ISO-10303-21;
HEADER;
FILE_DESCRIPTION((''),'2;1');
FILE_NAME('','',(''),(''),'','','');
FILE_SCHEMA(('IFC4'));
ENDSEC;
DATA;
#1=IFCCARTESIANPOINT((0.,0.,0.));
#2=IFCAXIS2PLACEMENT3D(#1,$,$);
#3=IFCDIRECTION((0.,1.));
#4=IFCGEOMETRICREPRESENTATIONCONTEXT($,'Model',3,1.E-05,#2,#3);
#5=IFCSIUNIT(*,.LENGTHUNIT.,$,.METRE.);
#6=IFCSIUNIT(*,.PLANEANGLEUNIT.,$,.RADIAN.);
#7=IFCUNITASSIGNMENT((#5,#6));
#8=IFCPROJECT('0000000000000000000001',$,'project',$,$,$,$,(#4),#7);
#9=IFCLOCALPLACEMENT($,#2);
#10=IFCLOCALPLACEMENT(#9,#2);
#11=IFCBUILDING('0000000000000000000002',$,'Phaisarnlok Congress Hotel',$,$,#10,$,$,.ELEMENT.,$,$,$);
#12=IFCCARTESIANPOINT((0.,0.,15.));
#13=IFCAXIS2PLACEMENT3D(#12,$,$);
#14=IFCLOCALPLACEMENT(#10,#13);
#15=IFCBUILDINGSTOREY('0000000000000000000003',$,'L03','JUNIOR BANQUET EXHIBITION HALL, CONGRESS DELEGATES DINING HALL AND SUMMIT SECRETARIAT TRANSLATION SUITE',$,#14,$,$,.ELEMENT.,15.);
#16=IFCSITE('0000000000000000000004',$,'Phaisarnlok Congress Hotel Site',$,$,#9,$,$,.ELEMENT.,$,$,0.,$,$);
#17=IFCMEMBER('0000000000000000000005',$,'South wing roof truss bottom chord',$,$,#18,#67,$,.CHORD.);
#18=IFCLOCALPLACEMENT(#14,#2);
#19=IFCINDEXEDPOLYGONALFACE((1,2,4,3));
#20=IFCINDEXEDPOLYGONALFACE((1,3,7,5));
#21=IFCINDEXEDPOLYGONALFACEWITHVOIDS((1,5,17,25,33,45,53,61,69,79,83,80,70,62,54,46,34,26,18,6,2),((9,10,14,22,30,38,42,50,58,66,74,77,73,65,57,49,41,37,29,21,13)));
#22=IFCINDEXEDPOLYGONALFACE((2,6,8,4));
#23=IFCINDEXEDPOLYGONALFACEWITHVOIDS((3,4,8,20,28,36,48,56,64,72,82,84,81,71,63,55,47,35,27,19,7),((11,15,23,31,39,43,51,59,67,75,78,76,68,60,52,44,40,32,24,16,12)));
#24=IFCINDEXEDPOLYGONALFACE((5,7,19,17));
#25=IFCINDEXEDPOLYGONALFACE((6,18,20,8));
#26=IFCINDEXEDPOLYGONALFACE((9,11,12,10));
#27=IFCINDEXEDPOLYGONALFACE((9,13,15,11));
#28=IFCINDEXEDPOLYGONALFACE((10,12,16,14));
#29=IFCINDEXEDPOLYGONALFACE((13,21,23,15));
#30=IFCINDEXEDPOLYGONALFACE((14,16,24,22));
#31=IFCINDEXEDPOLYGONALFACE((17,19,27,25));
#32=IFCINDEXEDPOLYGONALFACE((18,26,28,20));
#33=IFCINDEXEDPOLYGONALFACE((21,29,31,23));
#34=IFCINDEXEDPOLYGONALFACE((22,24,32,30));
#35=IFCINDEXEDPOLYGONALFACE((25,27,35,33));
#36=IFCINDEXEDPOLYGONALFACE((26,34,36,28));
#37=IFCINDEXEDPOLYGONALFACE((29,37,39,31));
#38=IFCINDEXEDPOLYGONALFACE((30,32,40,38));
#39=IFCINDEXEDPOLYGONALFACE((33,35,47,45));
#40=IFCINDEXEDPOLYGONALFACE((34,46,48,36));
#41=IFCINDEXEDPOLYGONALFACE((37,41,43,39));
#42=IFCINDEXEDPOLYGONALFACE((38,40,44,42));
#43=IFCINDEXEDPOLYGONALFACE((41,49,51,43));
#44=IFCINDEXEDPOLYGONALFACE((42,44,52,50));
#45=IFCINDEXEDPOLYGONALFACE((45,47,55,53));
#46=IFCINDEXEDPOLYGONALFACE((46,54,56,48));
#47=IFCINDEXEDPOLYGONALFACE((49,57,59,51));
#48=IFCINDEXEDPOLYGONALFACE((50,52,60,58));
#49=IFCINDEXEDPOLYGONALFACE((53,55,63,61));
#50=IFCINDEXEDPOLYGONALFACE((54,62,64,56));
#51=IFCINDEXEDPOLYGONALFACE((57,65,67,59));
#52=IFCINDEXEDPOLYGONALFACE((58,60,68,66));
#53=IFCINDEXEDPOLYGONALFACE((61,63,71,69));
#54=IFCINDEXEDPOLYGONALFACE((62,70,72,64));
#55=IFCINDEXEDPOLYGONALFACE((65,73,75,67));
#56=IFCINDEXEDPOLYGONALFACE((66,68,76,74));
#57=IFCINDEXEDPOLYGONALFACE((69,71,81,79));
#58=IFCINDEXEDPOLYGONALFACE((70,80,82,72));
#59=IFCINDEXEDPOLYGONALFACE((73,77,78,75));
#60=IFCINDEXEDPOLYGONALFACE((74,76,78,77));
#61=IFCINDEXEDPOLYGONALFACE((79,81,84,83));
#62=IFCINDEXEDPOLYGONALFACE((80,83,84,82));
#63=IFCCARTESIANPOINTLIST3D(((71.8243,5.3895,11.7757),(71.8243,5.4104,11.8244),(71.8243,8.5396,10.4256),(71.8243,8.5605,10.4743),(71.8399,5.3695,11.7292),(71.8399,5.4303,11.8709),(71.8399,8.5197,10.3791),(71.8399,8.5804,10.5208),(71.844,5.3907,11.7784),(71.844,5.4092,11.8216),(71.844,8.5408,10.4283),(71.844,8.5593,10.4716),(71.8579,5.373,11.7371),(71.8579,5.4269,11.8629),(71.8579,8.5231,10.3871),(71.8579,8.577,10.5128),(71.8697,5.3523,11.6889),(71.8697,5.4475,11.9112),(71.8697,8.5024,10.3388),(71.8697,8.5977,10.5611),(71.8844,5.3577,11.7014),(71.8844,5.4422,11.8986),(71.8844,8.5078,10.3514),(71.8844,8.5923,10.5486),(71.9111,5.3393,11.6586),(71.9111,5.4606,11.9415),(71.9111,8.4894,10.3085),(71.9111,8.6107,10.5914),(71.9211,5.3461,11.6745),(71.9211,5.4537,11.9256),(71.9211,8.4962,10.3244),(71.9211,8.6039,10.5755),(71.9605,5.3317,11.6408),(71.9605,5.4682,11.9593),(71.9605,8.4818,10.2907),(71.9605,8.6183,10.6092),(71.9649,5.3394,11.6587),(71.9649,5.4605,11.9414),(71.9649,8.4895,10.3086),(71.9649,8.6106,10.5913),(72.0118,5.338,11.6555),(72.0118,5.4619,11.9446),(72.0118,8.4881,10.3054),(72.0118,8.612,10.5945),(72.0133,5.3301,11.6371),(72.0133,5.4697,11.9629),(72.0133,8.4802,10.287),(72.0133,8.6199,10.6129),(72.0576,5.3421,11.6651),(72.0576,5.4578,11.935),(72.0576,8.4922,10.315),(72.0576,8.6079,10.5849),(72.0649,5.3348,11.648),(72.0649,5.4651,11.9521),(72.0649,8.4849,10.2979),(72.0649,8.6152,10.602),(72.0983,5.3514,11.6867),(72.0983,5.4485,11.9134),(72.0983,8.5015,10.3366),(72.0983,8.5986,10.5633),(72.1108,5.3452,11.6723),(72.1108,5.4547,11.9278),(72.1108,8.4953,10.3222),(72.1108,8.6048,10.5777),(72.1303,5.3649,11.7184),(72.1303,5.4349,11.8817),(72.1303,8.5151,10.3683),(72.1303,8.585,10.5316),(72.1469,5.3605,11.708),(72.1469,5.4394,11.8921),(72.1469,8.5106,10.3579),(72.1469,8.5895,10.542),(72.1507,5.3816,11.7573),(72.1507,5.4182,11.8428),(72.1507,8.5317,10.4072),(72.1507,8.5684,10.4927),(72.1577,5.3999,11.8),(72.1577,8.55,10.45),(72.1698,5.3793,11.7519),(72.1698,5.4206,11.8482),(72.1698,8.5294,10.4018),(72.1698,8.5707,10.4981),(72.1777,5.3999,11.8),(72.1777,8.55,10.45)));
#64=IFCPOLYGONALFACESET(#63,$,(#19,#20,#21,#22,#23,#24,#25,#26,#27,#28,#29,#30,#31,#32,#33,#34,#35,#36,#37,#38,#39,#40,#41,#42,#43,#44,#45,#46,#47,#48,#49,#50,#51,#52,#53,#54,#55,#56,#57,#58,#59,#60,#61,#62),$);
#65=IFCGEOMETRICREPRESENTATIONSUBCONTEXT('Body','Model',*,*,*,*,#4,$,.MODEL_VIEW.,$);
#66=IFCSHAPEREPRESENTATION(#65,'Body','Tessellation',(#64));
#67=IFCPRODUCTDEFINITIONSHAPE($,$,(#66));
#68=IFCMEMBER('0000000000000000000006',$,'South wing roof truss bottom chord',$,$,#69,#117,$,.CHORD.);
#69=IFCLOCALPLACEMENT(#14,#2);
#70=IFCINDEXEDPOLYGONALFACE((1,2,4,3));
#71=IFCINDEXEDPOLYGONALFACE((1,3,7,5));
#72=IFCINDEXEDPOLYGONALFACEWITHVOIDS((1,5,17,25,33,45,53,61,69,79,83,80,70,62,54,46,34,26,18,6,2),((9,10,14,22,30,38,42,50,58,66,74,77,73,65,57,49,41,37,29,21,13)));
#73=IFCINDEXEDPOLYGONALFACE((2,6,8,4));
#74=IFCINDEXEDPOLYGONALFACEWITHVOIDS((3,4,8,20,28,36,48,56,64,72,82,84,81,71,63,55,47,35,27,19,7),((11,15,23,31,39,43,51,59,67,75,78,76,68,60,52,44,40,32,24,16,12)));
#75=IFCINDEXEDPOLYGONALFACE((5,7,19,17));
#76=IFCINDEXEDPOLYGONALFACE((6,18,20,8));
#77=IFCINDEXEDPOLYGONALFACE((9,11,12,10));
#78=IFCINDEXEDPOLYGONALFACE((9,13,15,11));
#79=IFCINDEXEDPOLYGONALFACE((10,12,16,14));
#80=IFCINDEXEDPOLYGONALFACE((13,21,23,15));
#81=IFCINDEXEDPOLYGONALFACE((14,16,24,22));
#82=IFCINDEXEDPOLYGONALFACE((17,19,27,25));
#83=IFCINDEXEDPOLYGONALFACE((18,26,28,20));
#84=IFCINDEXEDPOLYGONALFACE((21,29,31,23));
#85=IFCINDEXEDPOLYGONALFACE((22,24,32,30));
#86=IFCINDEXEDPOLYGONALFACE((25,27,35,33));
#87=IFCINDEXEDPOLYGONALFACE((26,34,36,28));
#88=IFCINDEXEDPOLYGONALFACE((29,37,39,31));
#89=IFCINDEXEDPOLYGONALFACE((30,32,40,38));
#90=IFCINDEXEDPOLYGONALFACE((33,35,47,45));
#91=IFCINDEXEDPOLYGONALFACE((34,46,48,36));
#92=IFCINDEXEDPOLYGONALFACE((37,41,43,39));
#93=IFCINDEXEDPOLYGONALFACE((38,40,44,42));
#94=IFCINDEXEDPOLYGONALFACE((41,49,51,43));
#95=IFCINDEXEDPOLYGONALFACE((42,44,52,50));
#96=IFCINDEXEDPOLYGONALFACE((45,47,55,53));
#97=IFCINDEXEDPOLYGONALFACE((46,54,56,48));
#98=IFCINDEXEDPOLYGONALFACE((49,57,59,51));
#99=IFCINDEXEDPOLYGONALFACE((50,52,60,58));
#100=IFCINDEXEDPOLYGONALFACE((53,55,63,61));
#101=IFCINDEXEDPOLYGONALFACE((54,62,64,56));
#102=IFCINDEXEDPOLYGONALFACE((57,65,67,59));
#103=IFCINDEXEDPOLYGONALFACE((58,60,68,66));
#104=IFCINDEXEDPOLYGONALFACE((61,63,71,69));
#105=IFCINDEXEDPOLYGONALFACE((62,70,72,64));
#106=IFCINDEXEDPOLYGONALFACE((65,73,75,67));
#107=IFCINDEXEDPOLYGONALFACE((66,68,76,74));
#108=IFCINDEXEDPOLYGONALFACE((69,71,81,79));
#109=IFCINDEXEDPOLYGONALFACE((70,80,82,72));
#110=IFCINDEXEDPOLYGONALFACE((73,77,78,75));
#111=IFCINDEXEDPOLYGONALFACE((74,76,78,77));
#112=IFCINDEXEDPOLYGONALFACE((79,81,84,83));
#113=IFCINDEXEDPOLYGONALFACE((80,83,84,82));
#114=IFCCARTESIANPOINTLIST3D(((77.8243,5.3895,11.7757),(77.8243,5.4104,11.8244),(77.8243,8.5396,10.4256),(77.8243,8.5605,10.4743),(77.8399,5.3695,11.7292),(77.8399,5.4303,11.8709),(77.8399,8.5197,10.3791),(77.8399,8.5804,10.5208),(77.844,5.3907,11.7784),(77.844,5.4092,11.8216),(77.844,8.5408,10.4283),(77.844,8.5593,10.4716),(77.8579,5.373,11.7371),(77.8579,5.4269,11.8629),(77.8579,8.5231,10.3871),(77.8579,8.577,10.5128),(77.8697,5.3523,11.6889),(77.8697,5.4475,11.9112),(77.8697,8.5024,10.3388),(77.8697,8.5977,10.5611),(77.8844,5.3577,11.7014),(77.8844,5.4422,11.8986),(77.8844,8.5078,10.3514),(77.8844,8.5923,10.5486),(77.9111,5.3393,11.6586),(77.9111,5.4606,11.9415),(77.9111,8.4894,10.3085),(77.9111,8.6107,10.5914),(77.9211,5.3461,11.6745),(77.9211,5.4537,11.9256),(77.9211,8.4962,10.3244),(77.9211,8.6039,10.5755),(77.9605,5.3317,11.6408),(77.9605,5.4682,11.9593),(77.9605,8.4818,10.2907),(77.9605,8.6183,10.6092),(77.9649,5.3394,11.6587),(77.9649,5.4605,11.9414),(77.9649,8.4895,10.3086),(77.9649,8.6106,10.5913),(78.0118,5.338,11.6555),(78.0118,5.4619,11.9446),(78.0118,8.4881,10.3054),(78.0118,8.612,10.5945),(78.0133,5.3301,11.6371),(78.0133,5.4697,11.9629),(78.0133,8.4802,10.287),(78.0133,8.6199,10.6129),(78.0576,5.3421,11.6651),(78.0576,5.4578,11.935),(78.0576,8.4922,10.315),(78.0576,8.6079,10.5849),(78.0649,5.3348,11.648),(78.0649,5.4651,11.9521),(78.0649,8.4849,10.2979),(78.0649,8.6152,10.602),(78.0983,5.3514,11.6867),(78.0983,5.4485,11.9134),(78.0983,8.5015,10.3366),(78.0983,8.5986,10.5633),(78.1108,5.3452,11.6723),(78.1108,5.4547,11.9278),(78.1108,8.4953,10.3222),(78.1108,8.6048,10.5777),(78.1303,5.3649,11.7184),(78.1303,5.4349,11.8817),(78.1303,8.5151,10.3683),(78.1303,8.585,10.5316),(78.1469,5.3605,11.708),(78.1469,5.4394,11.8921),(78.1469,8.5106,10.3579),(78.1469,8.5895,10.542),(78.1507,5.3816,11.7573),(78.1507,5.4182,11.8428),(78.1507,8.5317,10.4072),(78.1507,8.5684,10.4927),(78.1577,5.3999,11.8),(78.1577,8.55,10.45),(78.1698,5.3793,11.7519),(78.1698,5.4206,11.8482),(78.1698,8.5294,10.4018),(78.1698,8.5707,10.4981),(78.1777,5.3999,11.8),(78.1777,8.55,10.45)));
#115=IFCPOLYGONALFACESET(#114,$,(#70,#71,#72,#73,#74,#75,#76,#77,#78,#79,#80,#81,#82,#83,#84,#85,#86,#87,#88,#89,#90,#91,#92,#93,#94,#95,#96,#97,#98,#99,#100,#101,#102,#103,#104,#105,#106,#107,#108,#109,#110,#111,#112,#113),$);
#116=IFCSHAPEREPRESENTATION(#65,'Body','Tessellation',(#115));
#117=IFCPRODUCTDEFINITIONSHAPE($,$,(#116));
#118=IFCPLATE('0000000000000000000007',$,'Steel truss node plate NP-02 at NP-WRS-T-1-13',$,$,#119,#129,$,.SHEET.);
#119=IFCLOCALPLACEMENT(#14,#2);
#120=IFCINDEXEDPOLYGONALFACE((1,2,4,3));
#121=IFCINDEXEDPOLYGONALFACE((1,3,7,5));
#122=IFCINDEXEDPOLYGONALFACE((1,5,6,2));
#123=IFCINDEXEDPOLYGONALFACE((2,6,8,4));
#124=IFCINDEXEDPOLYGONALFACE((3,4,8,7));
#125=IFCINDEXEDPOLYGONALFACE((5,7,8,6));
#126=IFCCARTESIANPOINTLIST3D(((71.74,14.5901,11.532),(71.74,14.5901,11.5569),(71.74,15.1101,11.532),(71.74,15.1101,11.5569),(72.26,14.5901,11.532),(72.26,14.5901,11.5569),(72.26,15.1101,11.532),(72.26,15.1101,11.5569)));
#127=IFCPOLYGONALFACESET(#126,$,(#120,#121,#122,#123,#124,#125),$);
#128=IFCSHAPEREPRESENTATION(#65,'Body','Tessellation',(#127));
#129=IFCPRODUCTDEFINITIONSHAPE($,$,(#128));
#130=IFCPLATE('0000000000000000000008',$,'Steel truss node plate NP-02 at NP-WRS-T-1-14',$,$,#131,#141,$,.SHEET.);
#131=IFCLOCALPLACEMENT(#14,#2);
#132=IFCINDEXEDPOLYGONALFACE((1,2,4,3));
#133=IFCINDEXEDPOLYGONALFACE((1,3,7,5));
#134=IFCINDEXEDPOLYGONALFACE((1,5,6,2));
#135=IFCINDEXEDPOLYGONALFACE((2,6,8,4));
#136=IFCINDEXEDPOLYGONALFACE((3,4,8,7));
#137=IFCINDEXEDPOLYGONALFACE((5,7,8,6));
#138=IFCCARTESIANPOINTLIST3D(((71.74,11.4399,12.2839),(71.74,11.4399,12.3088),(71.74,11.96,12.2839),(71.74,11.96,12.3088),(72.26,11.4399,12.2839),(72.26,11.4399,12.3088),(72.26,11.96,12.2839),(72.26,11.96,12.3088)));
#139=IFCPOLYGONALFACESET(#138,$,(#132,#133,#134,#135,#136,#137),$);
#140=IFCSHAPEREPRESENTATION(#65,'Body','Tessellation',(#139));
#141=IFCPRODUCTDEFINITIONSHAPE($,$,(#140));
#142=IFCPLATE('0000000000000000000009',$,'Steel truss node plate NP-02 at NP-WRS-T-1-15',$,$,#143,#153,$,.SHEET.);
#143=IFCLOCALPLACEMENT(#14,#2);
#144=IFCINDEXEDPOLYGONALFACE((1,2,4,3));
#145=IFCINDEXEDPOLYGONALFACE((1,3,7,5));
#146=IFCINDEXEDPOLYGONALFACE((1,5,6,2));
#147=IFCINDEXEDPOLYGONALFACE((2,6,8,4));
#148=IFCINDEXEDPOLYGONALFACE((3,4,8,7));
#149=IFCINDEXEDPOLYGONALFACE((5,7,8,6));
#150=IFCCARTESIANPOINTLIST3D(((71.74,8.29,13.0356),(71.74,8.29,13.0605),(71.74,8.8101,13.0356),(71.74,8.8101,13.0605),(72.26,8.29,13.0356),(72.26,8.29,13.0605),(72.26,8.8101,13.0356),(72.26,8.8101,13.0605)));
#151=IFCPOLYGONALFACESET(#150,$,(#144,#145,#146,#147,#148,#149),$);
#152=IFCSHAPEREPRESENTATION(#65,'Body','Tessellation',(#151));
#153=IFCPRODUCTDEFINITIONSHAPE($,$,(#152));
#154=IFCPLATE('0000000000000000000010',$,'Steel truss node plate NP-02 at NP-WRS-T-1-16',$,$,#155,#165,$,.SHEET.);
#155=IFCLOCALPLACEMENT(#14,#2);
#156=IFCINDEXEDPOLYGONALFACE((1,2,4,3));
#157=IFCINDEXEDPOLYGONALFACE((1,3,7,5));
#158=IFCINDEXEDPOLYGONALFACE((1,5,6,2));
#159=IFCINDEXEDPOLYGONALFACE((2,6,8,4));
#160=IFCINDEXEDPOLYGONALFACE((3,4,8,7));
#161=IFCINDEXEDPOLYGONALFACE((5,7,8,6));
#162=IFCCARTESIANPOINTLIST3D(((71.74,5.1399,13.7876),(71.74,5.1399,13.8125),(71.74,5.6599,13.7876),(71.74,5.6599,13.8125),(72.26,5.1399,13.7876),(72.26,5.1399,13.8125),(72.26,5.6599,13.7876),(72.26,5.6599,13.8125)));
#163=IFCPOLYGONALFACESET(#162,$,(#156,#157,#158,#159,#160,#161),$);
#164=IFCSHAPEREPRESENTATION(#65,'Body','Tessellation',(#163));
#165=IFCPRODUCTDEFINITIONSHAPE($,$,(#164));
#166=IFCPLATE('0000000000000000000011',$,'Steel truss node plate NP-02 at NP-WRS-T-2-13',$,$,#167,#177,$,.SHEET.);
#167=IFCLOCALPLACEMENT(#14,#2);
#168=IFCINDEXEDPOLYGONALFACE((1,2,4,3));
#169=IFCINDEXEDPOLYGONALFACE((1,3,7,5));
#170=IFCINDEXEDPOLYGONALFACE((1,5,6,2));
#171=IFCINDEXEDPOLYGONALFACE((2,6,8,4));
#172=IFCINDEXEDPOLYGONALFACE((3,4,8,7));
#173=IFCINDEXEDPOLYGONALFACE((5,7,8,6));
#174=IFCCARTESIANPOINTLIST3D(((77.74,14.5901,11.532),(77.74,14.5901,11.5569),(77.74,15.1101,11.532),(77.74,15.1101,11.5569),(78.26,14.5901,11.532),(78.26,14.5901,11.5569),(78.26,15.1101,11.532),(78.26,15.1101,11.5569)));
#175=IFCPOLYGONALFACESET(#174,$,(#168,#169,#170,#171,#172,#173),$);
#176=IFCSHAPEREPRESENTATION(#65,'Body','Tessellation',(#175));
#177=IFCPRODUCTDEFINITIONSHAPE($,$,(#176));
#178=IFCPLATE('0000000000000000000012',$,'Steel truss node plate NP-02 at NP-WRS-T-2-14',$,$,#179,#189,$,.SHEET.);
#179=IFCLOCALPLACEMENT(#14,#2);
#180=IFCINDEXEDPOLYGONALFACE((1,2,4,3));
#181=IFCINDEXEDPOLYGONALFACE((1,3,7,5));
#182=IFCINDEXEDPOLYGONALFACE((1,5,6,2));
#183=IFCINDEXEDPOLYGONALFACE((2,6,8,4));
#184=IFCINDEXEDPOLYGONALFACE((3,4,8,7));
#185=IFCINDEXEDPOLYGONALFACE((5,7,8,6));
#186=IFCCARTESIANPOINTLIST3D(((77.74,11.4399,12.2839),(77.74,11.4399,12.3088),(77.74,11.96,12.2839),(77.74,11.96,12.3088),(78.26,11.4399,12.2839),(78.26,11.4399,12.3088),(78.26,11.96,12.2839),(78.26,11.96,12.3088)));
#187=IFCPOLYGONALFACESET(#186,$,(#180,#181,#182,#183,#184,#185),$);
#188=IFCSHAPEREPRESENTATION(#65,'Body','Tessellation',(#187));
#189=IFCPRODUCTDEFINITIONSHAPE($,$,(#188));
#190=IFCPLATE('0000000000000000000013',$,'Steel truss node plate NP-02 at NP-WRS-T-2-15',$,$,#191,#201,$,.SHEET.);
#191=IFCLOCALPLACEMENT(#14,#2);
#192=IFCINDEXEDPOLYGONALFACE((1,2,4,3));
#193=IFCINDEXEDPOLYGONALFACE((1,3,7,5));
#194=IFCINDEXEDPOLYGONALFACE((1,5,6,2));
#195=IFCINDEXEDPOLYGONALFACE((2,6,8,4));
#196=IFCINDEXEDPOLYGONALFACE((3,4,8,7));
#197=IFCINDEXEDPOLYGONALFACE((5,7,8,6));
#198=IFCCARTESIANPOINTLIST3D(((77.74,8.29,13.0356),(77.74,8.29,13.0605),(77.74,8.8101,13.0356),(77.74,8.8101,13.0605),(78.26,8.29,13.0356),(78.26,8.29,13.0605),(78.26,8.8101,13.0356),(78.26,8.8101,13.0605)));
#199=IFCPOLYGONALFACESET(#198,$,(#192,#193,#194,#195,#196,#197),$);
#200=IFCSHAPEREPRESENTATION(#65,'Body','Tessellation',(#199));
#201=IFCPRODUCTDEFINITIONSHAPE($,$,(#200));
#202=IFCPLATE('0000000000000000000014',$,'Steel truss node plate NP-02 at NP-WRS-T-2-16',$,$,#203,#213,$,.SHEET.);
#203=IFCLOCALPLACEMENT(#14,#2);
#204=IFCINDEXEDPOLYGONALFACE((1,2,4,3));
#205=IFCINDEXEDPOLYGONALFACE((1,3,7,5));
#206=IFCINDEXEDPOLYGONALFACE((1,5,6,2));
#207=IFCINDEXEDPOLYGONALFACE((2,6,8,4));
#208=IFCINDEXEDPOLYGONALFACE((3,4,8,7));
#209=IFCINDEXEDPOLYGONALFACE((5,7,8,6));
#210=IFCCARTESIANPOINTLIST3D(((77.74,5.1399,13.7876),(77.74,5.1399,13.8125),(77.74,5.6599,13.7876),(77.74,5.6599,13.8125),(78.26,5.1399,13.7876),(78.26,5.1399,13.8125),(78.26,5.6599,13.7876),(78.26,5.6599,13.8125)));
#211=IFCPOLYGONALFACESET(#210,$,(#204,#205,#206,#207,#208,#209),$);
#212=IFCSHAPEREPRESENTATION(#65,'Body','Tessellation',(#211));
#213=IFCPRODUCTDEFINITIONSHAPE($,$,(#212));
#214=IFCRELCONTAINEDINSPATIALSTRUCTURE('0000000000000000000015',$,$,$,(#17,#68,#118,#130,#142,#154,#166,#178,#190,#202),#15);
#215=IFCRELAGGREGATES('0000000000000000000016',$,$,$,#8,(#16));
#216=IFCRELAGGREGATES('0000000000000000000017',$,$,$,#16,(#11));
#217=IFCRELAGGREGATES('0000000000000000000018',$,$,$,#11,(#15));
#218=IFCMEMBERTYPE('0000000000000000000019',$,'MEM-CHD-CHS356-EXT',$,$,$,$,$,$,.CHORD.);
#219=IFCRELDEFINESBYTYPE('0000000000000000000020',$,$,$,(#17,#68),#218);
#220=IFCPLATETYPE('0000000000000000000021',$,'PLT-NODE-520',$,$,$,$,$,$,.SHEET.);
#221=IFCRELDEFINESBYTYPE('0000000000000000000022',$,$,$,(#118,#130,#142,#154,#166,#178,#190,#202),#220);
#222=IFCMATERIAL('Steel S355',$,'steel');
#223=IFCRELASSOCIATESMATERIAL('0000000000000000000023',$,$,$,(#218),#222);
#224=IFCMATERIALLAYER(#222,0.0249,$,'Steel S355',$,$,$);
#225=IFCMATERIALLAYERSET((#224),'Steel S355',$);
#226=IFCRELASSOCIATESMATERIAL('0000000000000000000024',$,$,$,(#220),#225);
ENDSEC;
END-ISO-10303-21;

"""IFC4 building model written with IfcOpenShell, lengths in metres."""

from ifc_helpers import new_model, si_unit, direction, frame, origin, origin_2d, place, context, subcontext, project, spatial, rectangle, hollow_circle, extrude, material, layer, layer_set, material_profile, profile_set, type_object, element, save


model = new_model("IFC4")

# Units and contexts
model_context = context("Model", 3, precision=1e-05, world=origin(), true_north=direction((0.0, 1.0)))
body_context = subcontext(model_context, "Body", "Model", "MODEL_VIEW")
ifc_project = project(units=[si_unit("LENGTHUNIT", "METRE"), si_unit("PLANEANGLEUNIT", "RADIAN")], contexts=[model_context])

# Site, building, storey
site_placement = place(None, origin())
site = spatial("IfcSite", under=ifc_project, at=site_placement, Name="Phaisarnlok Congress Hotel Site", CompositionType="ELEMENT", RefElevation=0.0)
building_placement = place(site_placement, origin())
building = spatial("IfcBuilding", under=site, at=building_placement, Name="Phaisarnlok Congress Hotel", CompositionType="ELEMENT")
storey_placement = place(building_placement, frame((0.0, 0.0, 15.0)))
storey = spatial("IfcBuildingStorey", under=building, at=storey_placement, Name="L03", Description="JUNIOR BANQUET EXHIBITION HALL, CONGRESS DELEGATES DINING HALL AND SUMMIT SECRETARIAT TRANSLATION SUITE", CompositionType="ELEMENT", Elevation=15.0)

# Shared definitions
ifc_material = material(Name="Steel S355", Category="steel")

# Members
ifc_material_profile_1 = material_profile(ifc_material, hollow_circle(Radius=0.1777, WallThickness=0.02, at=origin_2d()), Name="CHS 355.6x20")
ifc_profile_set_1 = profile_set([ifc_material_profile_1], Name="Steel S355")
member_type_1 = type_object("IfcMemberType", Name="MEM-CHD-CHS356-EXT", PredefinedType="CHORD", material=ifc_profile_set_1)
for number, where, z_axis, x_axis, name in (
    (1, (72.0, 8.55, 10.45), (0.0, -0.919141, 0.393928), (1.0, 0.0, 0.0), "South wing roof truss bottom chord"),
    (2, (78.0, 8.55, 10.45), (0.0, -0.919141, 0.393928), (1.0, 0.0, 0.0), "South wing roof truss bottom chord"),
):
    element("IfcMember", number, at=place(storey_placement, frame(where, z_axis=z_axis, x_axis=x_axis)), inside=storey, type_object=member_type_1, Name=name, PredefinedType="CHORD", context=body_context, shape_type="SweptSolid", body=[
        extrude(hollow_circle(Radius=0.1777, WallThickness=0.02, at=origin_2d()), origin(), (0.0, 0.0, 1.0), 3.4272),
    ])

# Plates
ifc_layer_1 = layer(ifc_material, 0.0249, Name="Steel S355")
ifc_layer_set_1 = layer_set([ifc_layer_1], Name="Steel S355")
plate_type_1 = type_object("IfcPlateType", Name="PLT-NODE-520", PredefinedType="SHEET", material=ifc_layer_set_1)
for number, where, z_axis, x_axis, name in (
    (3, (72.0, 14.8501, 11.532), (0.0, 0.0, 1.0), (1.0, 0.0, 0.0), "Steel truss node plate NP-02 at NP-WRS-T-1-13"),
    (4, (72.0, 11.7, 12.2839), (0.0, 0.0, 1.0), (1.0, 0.0, 0.0), "Steel truss node plate NP-02 at NP-WRS-T-1-14"),
    (5, (72.0, 8.55, 13.0356), (0.0, 0.0, 1.0), (1.0, 0.0, 0.0), "Steel truss node plate NP-02 at NP-WRS-T-1-15"),
    (6, (72.0, 5.3999, 13.7876), (0.0, 0.0, 1.0), (1.0, 0.0, 0.0), "Steel truss node plate NP-02 at NP-WRS-T-1-16"),
    (7, (78.0, 14.8501, 11.532), (0.0, 0.0, 1.0), (1.0, 0.0, 0.0), "Steel truss node plate NP-02 at NP-WRS-T-2-13"),
    (8, (78.0, 11.7, 12.2839), (0.0, 0.0, 1.0), (1.0, 0.0, 0.0), "Steel truss node plate NP-02 at NP-WRS-T-2-14"),
    (9, (78.0, 8.55, 13.0356), (0.0, 0.0, 1.0), (1.0, 0.0, 0.0), "Steel truss node plate NP-02 at NP-WRS-T-2-15"),
    (10, (78.0, 5.3999, 13.7876), (0.0, 0.0, 1.0), (1.0, 0.0, 0.0), "Steel truss node plate NP-02 at NP-WRS-T-2-16"),
):
    element("IfcPlate", number, at=place(storey_placement, frame(where, z_axis=z_axis, x_axis=x_axis)), inside=storey, type_object=plate_type_1, Name=name, PredefinedType="SHEET", context=body_context, shape_type="SweptSolid", body=[
        extrude(rectangle(XDim=0.52, YDim=0.52, at=origin_2d()), origin(), (0.0, 0.0, 1.0), 0.0249),
    ])

save(model, "model.ifc")
